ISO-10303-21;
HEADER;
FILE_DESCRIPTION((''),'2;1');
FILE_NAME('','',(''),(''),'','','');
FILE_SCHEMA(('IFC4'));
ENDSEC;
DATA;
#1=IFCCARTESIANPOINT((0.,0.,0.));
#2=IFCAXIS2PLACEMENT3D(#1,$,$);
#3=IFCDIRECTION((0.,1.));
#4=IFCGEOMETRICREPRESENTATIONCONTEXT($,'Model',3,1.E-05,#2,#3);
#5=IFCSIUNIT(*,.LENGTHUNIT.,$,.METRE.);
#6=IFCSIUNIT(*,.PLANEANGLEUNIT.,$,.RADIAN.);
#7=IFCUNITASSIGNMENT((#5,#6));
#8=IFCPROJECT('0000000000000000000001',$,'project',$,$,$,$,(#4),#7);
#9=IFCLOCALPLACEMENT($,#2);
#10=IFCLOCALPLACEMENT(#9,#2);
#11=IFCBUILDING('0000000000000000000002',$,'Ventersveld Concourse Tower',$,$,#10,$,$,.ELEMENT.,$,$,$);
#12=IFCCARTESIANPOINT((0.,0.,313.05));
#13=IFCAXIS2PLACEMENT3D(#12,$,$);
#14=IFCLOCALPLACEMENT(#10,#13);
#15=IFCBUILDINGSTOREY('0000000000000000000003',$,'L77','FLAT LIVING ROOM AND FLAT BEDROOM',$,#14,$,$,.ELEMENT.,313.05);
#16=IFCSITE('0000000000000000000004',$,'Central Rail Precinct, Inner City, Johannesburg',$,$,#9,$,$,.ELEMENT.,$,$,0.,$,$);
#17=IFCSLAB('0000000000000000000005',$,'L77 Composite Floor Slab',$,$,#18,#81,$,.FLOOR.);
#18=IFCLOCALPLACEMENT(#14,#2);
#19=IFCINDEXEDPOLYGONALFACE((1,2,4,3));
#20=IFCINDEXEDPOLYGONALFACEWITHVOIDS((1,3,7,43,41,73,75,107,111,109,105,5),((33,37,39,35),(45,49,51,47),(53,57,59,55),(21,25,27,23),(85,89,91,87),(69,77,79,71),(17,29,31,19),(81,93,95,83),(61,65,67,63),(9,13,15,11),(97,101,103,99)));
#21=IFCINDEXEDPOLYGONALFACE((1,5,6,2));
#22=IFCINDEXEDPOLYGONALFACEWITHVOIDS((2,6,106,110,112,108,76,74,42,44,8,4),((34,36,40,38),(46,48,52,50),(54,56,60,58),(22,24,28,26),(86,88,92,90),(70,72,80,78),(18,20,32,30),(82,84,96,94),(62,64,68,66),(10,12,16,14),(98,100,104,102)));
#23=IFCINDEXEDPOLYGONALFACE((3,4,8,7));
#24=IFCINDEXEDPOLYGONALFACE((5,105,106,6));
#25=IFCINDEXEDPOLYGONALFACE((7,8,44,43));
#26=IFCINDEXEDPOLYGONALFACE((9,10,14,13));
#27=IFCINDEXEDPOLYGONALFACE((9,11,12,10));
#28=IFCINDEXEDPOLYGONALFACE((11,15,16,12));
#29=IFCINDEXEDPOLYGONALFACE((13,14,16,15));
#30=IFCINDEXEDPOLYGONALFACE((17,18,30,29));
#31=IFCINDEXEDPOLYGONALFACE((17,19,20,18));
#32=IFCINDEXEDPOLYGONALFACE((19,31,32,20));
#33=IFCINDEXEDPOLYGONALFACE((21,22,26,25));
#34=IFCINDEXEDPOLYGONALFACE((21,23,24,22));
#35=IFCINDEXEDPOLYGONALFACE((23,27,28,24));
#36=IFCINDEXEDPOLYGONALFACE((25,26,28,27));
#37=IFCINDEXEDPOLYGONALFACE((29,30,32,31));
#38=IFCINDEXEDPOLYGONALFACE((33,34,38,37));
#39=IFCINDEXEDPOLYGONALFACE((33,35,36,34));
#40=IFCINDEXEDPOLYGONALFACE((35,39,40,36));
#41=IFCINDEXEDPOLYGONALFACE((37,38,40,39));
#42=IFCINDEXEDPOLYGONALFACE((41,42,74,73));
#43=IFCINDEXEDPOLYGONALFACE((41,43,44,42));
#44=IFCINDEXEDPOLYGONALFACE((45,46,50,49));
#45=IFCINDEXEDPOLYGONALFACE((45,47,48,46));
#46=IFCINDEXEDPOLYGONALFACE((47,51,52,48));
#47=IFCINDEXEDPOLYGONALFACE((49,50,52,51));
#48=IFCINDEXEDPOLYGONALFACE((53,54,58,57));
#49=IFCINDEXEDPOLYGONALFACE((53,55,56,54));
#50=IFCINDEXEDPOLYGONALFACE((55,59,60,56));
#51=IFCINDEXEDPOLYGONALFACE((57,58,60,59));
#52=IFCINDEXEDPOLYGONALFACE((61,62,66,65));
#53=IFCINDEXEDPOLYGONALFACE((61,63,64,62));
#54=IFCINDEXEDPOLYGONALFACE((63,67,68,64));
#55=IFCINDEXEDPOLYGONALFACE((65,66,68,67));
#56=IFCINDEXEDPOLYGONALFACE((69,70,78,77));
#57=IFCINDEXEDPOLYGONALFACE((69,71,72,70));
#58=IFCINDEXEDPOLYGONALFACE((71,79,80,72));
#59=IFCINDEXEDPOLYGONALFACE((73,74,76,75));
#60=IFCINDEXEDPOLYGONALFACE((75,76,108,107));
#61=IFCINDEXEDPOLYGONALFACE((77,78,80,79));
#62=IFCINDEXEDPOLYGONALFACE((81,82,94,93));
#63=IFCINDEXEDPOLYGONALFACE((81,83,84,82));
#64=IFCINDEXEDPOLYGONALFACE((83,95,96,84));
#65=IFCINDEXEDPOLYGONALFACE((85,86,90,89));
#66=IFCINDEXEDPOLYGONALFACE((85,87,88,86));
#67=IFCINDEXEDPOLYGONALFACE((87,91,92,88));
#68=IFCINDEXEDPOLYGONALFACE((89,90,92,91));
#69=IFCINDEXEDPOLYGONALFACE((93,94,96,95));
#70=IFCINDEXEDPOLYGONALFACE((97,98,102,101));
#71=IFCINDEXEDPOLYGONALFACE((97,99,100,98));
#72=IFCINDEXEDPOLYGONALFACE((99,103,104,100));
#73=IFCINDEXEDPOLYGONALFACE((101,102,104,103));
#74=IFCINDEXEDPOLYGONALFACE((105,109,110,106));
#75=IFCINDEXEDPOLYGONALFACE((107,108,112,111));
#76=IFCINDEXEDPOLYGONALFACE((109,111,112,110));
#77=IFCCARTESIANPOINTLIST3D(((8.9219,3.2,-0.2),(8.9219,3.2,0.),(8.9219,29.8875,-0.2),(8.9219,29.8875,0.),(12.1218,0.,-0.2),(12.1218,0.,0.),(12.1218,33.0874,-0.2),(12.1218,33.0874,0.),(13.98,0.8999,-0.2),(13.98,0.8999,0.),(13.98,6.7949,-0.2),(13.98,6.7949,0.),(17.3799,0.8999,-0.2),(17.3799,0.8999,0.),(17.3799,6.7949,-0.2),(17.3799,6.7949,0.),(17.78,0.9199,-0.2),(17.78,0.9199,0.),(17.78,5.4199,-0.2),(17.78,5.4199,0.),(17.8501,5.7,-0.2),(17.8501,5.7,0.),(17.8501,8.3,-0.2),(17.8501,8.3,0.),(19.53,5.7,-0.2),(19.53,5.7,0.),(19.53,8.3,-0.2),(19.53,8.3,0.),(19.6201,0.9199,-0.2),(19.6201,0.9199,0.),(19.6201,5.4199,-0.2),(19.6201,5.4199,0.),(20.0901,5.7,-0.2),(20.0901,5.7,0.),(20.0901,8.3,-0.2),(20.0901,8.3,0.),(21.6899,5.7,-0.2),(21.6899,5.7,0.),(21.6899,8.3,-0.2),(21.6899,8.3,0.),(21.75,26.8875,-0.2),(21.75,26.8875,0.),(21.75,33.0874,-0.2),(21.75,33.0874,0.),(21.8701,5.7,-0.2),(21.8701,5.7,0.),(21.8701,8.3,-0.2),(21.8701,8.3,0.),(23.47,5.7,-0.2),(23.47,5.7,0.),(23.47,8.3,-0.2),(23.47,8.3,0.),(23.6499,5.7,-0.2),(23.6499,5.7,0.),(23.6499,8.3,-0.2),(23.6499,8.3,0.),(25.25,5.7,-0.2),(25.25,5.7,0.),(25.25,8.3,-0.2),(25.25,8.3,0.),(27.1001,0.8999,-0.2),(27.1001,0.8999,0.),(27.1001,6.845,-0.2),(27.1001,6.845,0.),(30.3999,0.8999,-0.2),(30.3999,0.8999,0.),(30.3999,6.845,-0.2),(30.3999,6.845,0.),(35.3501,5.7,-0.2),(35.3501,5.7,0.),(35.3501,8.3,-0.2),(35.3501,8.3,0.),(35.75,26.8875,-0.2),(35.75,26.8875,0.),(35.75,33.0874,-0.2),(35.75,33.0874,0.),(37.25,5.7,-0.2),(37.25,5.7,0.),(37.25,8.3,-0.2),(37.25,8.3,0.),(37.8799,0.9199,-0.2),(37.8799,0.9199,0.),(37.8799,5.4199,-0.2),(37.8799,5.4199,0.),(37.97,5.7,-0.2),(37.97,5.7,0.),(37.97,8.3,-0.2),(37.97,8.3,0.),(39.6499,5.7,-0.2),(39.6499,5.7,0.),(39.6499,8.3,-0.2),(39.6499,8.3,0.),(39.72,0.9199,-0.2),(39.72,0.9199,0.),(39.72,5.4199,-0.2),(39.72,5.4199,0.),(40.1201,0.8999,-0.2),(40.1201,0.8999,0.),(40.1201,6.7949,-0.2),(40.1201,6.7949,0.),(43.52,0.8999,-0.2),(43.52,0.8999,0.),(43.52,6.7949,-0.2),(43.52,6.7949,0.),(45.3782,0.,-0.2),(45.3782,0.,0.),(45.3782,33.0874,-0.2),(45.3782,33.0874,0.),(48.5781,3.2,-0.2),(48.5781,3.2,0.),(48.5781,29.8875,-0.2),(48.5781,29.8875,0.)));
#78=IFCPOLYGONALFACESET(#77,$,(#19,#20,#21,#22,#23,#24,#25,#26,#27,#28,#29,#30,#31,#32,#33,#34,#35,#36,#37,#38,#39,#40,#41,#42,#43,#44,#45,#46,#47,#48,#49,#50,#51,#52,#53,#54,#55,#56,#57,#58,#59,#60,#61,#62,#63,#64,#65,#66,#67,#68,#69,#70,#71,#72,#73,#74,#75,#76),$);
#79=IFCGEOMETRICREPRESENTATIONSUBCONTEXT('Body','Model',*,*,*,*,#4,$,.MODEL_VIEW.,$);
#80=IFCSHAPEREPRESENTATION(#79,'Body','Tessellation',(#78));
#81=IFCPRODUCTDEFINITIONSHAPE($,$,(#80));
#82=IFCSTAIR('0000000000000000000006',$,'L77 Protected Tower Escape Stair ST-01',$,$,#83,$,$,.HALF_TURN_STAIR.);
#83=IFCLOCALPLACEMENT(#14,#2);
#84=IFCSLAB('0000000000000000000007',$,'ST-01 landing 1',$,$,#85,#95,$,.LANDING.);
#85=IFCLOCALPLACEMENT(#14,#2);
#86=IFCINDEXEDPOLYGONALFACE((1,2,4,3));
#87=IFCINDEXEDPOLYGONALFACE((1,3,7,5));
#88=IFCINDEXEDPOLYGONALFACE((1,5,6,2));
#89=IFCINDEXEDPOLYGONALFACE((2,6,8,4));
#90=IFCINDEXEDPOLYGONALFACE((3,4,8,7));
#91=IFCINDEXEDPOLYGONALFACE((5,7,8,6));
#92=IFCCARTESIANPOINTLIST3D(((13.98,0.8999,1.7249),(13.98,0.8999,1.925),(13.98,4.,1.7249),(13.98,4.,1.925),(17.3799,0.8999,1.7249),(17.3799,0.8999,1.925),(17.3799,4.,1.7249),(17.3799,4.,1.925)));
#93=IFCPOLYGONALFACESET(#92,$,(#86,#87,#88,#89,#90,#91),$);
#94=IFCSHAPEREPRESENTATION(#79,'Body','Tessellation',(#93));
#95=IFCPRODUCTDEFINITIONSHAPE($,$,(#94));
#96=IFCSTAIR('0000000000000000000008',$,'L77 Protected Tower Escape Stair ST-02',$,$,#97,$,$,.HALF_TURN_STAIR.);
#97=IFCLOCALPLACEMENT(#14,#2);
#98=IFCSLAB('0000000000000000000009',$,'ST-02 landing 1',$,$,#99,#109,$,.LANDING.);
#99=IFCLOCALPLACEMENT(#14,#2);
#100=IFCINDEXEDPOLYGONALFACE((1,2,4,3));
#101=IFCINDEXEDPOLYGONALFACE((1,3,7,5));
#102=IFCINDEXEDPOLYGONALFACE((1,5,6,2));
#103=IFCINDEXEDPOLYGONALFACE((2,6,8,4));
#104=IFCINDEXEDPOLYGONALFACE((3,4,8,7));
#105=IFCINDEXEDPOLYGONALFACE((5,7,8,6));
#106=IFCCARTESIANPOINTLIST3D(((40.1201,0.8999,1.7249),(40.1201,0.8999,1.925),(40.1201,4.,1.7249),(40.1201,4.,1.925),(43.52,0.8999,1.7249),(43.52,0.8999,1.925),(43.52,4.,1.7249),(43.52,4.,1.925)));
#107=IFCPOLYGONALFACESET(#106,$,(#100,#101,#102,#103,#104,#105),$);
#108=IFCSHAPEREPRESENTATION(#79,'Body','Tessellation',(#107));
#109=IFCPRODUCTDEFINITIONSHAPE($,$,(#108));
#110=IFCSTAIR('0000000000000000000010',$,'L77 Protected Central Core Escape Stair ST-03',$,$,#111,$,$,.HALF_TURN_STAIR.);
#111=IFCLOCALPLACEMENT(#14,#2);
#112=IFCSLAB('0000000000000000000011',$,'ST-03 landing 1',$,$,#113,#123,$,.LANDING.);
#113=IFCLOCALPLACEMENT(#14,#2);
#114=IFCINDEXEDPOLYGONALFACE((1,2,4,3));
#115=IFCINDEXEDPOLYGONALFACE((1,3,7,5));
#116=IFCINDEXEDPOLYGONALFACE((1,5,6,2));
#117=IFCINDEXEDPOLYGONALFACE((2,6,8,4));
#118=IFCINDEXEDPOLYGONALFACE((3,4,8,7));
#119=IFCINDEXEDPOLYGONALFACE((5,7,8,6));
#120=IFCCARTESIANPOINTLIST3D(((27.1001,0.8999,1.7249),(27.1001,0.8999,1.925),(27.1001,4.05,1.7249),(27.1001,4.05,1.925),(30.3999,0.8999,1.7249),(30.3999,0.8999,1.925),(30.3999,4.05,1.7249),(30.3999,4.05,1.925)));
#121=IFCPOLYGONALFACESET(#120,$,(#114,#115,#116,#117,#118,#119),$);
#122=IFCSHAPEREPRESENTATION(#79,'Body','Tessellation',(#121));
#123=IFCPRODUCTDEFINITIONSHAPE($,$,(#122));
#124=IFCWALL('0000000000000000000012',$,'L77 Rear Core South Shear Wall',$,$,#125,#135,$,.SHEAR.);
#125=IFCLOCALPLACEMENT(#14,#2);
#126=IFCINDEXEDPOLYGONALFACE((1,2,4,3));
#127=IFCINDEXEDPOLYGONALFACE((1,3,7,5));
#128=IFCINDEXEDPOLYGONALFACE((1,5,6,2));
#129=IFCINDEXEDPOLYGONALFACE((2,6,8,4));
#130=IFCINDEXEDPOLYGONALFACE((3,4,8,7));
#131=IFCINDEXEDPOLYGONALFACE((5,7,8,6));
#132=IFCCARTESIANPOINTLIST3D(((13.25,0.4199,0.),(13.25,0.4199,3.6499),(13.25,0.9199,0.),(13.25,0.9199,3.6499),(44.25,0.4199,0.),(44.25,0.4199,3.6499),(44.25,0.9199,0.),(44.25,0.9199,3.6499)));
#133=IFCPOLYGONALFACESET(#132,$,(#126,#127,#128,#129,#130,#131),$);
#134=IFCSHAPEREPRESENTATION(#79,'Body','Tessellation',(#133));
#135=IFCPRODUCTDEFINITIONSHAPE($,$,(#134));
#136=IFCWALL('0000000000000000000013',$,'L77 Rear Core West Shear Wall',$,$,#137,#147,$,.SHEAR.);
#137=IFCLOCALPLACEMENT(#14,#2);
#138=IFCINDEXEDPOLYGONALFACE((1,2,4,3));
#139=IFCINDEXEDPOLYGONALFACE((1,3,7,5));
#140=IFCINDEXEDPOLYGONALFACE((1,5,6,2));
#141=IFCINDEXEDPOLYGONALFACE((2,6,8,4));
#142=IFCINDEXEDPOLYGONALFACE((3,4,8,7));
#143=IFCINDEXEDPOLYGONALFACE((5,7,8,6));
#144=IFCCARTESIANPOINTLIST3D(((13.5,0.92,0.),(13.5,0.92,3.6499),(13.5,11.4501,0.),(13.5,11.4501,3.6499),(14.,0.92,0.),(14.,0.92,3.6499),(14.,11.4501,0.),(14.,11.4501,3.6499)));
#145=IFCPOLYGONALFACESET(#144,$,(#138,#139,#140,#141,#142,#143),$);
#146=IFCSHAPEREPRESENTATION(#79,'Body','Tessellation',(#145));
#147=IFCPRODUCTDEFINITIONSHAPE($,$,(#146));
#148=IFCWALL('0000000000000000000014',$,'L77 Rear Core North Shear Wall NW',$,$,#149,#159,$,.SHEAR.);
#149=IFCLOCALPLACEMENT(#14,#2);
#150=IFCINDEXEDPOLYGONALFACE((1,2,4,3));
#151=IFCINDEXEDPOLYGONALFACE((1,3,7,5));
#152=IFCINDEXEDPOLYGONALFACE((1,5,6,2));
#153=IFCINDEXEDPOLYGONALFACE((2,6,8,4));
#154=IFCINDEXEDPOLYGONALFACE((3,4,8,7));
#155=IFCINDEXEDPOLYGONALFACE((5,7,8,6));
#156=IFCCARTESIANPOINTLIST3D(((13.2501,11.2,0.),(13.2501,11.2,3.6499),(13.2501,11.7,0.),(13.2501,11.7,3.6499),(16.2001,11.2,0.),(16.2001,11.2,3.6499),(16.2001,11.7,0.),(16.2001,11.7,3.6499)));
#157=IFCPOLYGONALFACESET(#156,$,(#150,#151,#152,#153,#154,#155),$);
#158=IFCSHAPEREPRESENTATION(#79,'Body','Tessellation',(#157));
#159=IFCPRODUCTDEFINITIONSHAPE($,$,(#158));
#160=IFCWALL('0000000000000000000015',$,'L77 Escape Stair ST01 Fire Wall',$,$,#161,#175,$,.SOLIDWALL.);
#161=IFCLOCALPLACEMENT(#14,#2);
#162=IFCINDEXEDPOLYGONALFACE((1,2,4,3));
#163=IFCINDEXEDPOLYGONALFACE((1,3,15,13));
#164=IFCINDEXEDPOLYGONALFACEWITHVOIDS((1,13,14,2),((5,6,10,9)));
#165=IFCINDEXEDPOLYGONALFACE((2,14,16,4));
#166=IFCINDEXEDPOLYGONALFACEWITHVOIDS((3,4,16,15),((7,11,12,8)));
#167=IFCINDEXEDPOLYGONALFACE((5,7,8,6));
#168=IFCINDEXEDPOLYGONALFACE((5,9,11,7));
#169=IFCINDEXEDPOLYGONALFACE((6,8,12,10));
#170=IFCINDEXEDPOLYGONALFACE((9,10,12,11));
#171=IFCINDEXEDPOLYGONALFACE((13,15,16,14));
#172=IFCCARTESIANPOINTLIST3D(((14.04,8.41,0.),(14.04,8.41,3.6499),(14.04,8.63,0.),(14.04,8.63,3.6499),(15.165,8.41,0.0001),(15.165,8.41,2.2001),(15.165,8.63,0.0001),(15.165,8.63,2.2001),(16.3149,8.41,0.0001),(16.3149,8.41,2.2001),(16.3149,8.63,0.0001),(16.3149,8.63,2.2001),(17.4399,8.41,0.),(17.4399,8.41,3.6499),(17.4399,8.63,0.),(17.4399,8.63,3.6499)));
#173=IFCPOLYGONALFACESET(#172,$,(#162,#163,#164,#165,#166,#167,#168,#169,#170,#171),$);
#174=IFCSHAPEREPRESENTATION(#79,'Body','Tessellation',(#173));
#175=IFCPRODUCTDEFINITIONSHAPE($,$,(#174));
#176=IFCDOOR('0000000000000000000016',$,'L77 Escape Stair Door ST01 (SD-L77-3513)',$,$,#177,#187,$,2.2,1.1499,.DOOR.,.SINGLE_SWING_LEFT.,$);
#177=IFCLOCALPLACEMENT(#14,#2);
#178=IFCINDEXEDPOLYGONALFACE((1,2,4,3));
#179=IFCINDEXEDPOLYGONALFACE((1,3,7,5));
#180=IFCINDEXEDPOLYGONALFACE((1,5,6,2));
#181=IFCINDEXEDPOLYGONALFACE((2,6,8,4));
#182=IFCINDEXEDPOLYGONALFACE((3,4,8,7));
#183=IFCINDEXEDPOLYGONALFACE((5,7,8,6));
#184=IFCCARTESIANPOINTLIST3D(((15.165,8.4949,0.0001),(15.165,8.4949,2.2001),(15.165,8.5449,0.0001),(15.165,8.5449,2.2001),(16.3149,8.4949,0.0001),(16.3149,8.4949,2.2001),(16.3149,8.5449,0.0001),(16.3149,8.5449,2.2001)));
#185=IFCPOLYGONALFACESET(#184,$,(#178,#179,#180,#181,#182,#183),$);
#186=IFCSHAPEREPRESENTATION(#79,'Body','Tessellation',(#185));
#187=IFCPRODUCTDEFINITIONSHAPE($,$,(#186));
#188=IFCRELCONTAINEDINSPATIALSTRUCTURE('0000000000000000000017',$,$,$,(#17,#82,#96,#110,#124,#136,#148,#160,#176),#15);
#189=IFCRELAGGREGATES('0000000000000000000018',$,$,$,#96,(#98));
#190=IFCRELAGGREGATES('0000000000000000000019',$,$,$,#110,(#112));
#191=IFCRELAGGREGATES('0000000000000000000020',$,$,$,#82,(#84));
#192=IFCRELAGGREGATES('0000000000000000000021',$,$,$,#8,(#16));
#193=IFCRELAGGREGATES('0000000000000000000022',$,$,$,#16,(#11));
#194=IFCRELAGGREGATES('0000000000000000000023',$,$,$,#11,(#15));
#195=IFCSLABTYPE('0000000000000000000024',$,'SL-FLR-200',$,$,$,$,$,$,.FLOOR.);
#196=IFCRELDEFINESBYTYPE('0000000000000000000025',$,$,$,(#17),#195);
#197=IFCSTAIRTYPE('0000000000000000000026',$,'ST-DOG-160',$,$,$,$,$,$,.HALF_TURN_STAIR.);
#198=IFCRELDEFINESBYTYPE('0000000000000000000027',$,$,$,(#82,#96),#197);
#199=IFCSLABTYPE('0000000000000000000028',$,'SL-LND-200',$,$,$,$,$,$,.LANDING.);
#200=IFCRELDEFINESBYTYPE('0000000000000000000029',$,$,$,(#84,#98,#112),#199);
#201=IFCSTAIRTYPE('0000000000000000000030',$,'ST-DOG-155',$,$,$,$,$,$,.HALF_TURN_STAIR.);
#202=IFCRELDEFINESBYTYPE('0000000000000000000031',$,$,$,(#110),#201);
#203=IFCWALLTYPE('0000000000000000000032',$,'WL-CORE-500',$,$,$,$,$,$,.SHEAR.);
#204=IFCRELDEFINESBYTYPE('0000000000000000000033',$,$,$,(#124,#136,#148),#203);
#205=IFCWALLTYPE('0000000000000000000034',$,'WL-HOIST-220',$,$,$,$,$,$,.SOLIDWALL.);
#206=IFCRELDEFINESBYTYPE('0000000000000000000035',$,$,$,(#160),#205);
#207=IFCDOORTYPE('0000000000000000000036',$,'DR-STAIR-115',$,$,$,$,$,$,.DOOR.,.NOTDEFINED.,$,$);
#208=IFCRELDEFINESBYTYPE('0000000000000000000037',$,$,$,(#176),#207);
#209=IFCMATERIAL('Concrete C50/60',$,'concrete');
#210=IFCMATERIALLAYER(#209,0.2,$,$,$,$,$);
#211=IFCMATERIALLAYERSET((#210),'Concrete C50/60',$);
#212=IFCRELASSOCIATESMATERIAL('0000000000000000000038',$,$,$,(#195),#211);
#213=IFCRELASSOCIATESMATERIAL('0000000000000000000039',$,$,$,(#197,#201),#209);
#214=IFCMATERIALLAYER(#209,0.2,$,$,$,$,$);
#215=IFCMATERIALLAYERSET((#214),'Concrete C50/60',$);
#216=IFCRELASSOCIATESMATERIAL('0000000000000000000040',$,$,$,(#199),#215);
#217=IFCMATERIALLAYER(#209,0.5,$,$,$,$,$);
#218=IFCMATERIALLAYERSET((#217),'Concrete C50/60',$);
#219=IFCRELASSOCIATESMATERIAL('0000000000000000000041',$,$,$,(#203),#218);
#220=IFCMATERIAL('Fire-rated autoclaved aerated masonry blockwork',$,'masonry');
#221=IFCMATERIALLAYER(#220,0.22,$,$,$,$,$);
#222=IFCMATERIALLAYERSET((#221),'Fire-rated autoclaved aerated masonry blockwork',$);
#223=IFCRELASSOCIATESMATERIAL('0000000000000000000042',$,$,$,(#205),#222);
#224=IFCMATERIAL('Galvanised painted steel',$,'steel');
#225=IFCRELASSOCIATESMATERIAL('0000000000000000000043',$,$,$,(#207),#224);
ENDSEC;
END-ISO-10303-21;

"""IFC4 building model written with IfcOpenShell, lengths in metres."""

from ifc_helpers import new_model, si_unit, direction, frame, frame_2d, origin, place, context, subcontext, project, spatial, polyline, rectangle, outline, extrude, material, layer, layer_set, type_object, element, fill, aggregate, save


model = new_model("IFC4")

# Units and contexts
model_context = context("Model", 3, precision=1e-05, world=origin(), true_north=direction((0.0, 1.0)))
body_context = subcontext(model_context, "Body", "Model", "MODEL_VIEW")
ifc_project = project(units=[si_unit("LENGTHUNIT", "METRE"), si_unit("PLANEANGLEUNIT", "RADIAN")], contexts=[model_context])

# Site, building, storey
site_placement = place(None, origin())
site = spatial("IfcSite", under=ifc_project, at=site_placement, Name="Central Rail Precinct, Inner City, Johannesburg", CompositionType="ELEMENT", RefElevation=0.0)
building_placement = place(site_placement, origin())
building = spatial("IfcBuilding", under=site, at=building_placement, Name="Ventersveld Concourse Tower", CompositionType="ELEMENT")
storey_placement = place(building_placement, frame((0.0, 0.0, 313.05)))
storey = spatial("IfcBuildingStorey", under=building, at=storey_placement, Name="L77", Description="FLAT LIVING ROOM AND FLAT BEDROOM", CompositionType="ELEMENT", Elevation=313.05)

# Shared definitions
ifc_material_1 = material(Name="Concrete C50/60", Category="concrete")

# Slab
ifc_layer_1 = layer(ifc_material_1, 0.2)
ifc_layer_set_1 = layer_set([ifc_layer_1], Name="Concrete C50/60")
slab_type_1 = type_object("IfcSlabType", Name="SL-FLR-200", PredefinedType="FLOOR", material=ifc_layer_set_1)
slab_1_placement = place(storey_placement, frame((0.0, 0.0, -0.2)))
element("IfcSlab", 1, at=slab_1_placement, inside=storey, type_object=slab_type_1, Name="L77 Composite Floor Slab", PredefinedType="FLOOR", context=body_context, shape_type="SweptSolid", body=[
    extrude(outline(polyline([(12.1218, 0.0), (45.3782, 0.0), (48.5781, 3.2), (48.5781, 29.8875), (45.3782, 33.0874), (35.75, 33.0874), (35.75, 26.8875), (21.75, 26.8875), (21.75, 33.0874), (12.1218, 33.0874), (8.9219, 29.8875), (8.9219, 3.2), (12.1218, 0.0)]), holes=[polyline([(13.98, 6.7949), (13.98, 0.8999), (17.3799, 0.8999), (17.3799, 6.7949), (13.98, 6.7949)]), polyline([(40.1201, 6.7949), (40.1201, 0.8999), (43.52, 0.8999), (43.52, 6.7949), (40.1201, 6.7949)]), polyline([(27.1001, 6.845), (27.1001, 0.8999), (30.3999, 0.8999), (30.3999, 6.845), (27.1001, 6.845)]), polyline([(17.8501, 5.7), (19.53, 5.7), (19.53, 8.3), (17.8501, 8.3), (17.8501, 5.7)]), polyline([(37.97, 5.7), (39.6499, 5.7), (39.6499, 8.3), (37.97, 8.3), (37.97, 5.7)]), polyline([(35.3501, 5.7), (37.25, 5.7), (37.25, 8.3), (35.3501, 8.3), (35.3501, 5.7)]), polyline([(20.0901, 5.7), (21.6899, 5.7), (21.6899, 8.3), (20.0901, 8.3), (20.0901, 5.7)]), polyline([(21.8701, 5.7), (23.47, 5.7), (23.47, 8.3), (21.8701, 8.3), (21.8701, 5.7)]), polyline([(23.6499, 5.7), (25.25, 5.7), (25.25, 8.3), (23.6499, 8.3), (23.6499, 5.7)]), polyline([(17.78, 0.9199), (19.6201, 0.9199), (19.6201, 5.4199), (17.78, 5.4199), (17.78, 0.9199)]), polyline([(37.8799, 0.9199), (39.72, 0.9199), (39.72, 5.4199), (37.8799, 5.4199), (37.8799, 0.9199)])]), origin(), (0.0, 0.0, 1.0), 0.2),
])

# Stairs, slabs
stair_type_1 = type_object("IfcStairType", Name="ST-DOG-160", PredefinedType="HALF_TURN_STAIR", material=ifc_material_1)
stair_1_placement = place(storey_placement, origin())
stair_1 = element("IfcStair", 2, at=stair_1_placement, inside=storey, type_object=stair_type_1, Name="L77 Protected Tower Escape Stair ST-01", PredefinedType="HALF_TURN_STAIR")
ifc_layer_2 = layer(ifc_material_1, 0.2)
ifc_layer_set_2 = layer_set([ifc_layer_2], Name="Concrete C50/60")
slab_type_2 = type_object("IfcSlabType", Name="SL-LND-200", PredefinedType="LANDING", material=ifc_layer_set_2)
slab_2_placement = place(storey_placement, frame((0.0, 0.0, 1.7249)))
slab_2 = element("IfcSlab", 3, at=slab_2_placement, type_object=slab_type_2, Name="ST-01 landing 1", PredefinedType="LANDING", context=body_context, shape_type="SweptSolid", body=[
    extrude(outline(polyline([(13.98, 4.0), (13.98, 0.8999), (17.3799, 0.8999), (17.3799, 4.0), (13.98, 4.0)])), origin(), (0.0, 0.0, 1.0), 0.2002),
])
stair_2_placement = place(storey_placement, origin())
stair_2 = element("IfcStair", 4, at=stair_2_placement, inside=storey, type_object=stair_type_1, Name="L77 Protected Tower Escape Stair ST-02", PredefinedType="HALF_TURN_STAIR")
slab_3_placement = place(storey_placement, frame((0.0, 0.0, 1.7249)))
slab_3 = element("IfcSlab", 5, at=slab_3_placement, type_object=slab_type_2, Name="ST-02 landing 1", PredefinedType="LANDING", context=body_context, shape_type="SweptSolid", body=[
    extrude(outline(polyline([(40.1201, 4.0), (40.1201, 0.8999), (43.52, 0.8999), (43.52, 4.0), (40.1201, 4.0)])), origin(), (0.0, 0.0, 1.0), 0.2002),
])
aggregate(stair_2, [slab_3])
stair_type_2 = type_object("IfcStairType", Name="ST-DOG-155", PredefinedType="HALF_TURN_STAIR", material=ifc_material_1)
stair_3_placement = place(storey_placement, origin())
stair_3 = element("IfcStair", 6, at=stair_3_placement, inside=storey, type_object=stair_type_2, Name="L77 Protected Central Core Escape Stair ST-03", PredefinedType="HALF_TURN_STAIR")
slab_4_placement = place(storey_placement, frame((0.0, 0.0, 1.7249)))
slab_4 = element("IfcSlab", 7, at=slab_4_placement, type_object=slab_type_2, Name="ST-03 landing 1", PredefinedType="LANDING", context=body_context, shape_type="SweptSolid", body=[
    extrude(outline(polyline([(27.1001, 4.05), (27.1001, 0.8999), (30.3999, 0.8999), (30.3999, 4.05), (27.1001, 4.05)])), origin(), (0.0, 0.0, 1.0), 0.2002),
])
aggregate(stair_3, [slab_4])

# Walls
ifc_layer_3 = layer(ifc_material_1, 0.5)
ifc_layer_set_3 = layer_set([ifc_layer_3], Name="Concrete C50/60")
wall_type_1 = type_object("IfcWallType", Name="WL-CORE-500", PredefinedType="SHEAR", material=ifc_layer_set_3)
wall_1_placement = place(storey_placement, frame((13.25, 0.6699, 0.0), z_axis=(0.0, 0.0, 1.0), x_axis=(1.0, 0.0, 0.0)))
element("IfcWall", 8, at=wall_1_placement, inside=storey, type_object=wall_type_1, Name="L77 Rear Core South Shear Wall", PredefinedType="SHEAR", context=body_context, shape_type="SweptSolid", body=[
    extrude(rectangle(XDim=31.0, YDim=0.5, at=frame_2d((15.5, 0.0))), origin(), (0.0, 0.0, 1.0), 3.6499),
])
wall_2_placement = place(storey_placement, frame((13.75, 0.9199, 0.0), z_axis=(0.0, 0.0, 1.0), x_axis=(0.0, 1.0, 0.0)))
element("IfcWall", 9, at=wall_2_placement, inside=storey, type_object=wall_type_1, Name="L77 Rear Core West Shear Wall", PredefinedType="SHEAR", context=body_context, shape_type="SweptSolid", body=[
    extrude(rectangle(XDim=10.53, YDim=0.5, at=frame_2d((5.2651, 0.0))), origin(), (0.0, 0.0, 1.0), 3.6499),
])
wall_3_placement = place(storey_placement, frame((13.25, 11.45, 0.0), z_axis=(0.0, 0.0, 1.0), x_axis=(1.0, 0.0, 0.0)))
element("IfcWall", 10, at=wall_3_placement, inside=storey, type_object=wall_type_1, Name="L77 Rear Core North Shear Wall NW", PredefinedType="SHEAR", context=body_context, shape_type="SweptSolid", body=[
    extrude(rectangle(XDim=2.95, YDim=0.5, at=frame_2d((1.4751, 0.0))), origin(), (0.0, 0.0, 1.0), 3.6499),
])

# Wall, opening, door
ifc_material_2 = material(Name="Fire-rated autoclaved aerated masonry blockwork", Category="masonry")
ifc_layer_4 = layer(ifc_material_2, 0.22)
ifc_layer_set_4 = layer_set([ifc_layer_4], Name="Fire-rated autoclaved aerated masonry blockwork")
wall_type_2 = type_object("IfcWallType", Name="WL-HOIST-220", PredefinedType="SOLIDWALL", material=ifc_layer_set_4)
wall_4_placement = place(storey_placement, frame((14.04, 8.52, 0.0), z_axis=(0.0, 0.0, 1.0), x_axis=(1.0, 0.0, 0.0)))
wall_4 = element("IfcWall", 11, at=wall_4_placement, inside=storey, type_object=wall_type_2, Name="L77 Escape Stair ST01 Fire Wall", PredefinedType="SOLIDWALL", context=body_context, shape_type="SweptSolid", body=[
    extrude(rectangle(XDim=3.3999, YDim=0.22, at=frame_2d((1.7, 0.0))), origin(), (0.0, 0.0, 1.0), 3.6499),
])
opening_placement = place(wall_4_placement, frame((1.125, 0.0, 0.0)))
opening = element("IfcOpeningElement", 12, at=opening_placement, cuts=wall_4, PredefinedType="OPENING", context=body_context, shape_type="SweptSolid", body=[
    extrude(rectangle(XDim=1.1499, YDim=2.2, at=frame_2d((0.575, 1.1001))), frame((0.0, 0.1201, 0.0), z_axis=(0.0, -1.0, 0.0), x_axis=(1.0, 0.0, 0.0)), (0.0, 0.0, 1.0), 0.24),
])
ifc_material_3 = material(Name="Galvanised painted steel", Category="steel")
door_type = type_object("IfcDoorType", Name="DR-STAIR-115", OperationType="NOTDEFINED", PredefinedType="DOOR", material=ifc_material_3)
door_placement = place(opening_placement, origin())
door = element("IfcDoor", 13, at=door_placement, inside=storey, type_object=door_type, Name="L77 Escape Stair Door ST01 (SD-L77-3513)", OperationType="SINGLE_SWING_LEFT", OverallHeight=2.2, OverallWidth=1.1499, PredefinedType="DOOR", context=body_context, shape_type="SweptSolid", body=[
    extrude(rectangle(XDim=1.1499, YDim=2.2, at=frame_2d((0.575, 1.1001))), frame((0.0, 0.0249, 0.0), z_axis=(0.0, -1.0, 0.0), x_axis=(1.0, 0.0, 0.0)), (0.0, 0.0, 1.0), 0.05),
])
fill(opening, door)

aggregate(stair_1, [slab_2])

save(model, "model.ifc")
